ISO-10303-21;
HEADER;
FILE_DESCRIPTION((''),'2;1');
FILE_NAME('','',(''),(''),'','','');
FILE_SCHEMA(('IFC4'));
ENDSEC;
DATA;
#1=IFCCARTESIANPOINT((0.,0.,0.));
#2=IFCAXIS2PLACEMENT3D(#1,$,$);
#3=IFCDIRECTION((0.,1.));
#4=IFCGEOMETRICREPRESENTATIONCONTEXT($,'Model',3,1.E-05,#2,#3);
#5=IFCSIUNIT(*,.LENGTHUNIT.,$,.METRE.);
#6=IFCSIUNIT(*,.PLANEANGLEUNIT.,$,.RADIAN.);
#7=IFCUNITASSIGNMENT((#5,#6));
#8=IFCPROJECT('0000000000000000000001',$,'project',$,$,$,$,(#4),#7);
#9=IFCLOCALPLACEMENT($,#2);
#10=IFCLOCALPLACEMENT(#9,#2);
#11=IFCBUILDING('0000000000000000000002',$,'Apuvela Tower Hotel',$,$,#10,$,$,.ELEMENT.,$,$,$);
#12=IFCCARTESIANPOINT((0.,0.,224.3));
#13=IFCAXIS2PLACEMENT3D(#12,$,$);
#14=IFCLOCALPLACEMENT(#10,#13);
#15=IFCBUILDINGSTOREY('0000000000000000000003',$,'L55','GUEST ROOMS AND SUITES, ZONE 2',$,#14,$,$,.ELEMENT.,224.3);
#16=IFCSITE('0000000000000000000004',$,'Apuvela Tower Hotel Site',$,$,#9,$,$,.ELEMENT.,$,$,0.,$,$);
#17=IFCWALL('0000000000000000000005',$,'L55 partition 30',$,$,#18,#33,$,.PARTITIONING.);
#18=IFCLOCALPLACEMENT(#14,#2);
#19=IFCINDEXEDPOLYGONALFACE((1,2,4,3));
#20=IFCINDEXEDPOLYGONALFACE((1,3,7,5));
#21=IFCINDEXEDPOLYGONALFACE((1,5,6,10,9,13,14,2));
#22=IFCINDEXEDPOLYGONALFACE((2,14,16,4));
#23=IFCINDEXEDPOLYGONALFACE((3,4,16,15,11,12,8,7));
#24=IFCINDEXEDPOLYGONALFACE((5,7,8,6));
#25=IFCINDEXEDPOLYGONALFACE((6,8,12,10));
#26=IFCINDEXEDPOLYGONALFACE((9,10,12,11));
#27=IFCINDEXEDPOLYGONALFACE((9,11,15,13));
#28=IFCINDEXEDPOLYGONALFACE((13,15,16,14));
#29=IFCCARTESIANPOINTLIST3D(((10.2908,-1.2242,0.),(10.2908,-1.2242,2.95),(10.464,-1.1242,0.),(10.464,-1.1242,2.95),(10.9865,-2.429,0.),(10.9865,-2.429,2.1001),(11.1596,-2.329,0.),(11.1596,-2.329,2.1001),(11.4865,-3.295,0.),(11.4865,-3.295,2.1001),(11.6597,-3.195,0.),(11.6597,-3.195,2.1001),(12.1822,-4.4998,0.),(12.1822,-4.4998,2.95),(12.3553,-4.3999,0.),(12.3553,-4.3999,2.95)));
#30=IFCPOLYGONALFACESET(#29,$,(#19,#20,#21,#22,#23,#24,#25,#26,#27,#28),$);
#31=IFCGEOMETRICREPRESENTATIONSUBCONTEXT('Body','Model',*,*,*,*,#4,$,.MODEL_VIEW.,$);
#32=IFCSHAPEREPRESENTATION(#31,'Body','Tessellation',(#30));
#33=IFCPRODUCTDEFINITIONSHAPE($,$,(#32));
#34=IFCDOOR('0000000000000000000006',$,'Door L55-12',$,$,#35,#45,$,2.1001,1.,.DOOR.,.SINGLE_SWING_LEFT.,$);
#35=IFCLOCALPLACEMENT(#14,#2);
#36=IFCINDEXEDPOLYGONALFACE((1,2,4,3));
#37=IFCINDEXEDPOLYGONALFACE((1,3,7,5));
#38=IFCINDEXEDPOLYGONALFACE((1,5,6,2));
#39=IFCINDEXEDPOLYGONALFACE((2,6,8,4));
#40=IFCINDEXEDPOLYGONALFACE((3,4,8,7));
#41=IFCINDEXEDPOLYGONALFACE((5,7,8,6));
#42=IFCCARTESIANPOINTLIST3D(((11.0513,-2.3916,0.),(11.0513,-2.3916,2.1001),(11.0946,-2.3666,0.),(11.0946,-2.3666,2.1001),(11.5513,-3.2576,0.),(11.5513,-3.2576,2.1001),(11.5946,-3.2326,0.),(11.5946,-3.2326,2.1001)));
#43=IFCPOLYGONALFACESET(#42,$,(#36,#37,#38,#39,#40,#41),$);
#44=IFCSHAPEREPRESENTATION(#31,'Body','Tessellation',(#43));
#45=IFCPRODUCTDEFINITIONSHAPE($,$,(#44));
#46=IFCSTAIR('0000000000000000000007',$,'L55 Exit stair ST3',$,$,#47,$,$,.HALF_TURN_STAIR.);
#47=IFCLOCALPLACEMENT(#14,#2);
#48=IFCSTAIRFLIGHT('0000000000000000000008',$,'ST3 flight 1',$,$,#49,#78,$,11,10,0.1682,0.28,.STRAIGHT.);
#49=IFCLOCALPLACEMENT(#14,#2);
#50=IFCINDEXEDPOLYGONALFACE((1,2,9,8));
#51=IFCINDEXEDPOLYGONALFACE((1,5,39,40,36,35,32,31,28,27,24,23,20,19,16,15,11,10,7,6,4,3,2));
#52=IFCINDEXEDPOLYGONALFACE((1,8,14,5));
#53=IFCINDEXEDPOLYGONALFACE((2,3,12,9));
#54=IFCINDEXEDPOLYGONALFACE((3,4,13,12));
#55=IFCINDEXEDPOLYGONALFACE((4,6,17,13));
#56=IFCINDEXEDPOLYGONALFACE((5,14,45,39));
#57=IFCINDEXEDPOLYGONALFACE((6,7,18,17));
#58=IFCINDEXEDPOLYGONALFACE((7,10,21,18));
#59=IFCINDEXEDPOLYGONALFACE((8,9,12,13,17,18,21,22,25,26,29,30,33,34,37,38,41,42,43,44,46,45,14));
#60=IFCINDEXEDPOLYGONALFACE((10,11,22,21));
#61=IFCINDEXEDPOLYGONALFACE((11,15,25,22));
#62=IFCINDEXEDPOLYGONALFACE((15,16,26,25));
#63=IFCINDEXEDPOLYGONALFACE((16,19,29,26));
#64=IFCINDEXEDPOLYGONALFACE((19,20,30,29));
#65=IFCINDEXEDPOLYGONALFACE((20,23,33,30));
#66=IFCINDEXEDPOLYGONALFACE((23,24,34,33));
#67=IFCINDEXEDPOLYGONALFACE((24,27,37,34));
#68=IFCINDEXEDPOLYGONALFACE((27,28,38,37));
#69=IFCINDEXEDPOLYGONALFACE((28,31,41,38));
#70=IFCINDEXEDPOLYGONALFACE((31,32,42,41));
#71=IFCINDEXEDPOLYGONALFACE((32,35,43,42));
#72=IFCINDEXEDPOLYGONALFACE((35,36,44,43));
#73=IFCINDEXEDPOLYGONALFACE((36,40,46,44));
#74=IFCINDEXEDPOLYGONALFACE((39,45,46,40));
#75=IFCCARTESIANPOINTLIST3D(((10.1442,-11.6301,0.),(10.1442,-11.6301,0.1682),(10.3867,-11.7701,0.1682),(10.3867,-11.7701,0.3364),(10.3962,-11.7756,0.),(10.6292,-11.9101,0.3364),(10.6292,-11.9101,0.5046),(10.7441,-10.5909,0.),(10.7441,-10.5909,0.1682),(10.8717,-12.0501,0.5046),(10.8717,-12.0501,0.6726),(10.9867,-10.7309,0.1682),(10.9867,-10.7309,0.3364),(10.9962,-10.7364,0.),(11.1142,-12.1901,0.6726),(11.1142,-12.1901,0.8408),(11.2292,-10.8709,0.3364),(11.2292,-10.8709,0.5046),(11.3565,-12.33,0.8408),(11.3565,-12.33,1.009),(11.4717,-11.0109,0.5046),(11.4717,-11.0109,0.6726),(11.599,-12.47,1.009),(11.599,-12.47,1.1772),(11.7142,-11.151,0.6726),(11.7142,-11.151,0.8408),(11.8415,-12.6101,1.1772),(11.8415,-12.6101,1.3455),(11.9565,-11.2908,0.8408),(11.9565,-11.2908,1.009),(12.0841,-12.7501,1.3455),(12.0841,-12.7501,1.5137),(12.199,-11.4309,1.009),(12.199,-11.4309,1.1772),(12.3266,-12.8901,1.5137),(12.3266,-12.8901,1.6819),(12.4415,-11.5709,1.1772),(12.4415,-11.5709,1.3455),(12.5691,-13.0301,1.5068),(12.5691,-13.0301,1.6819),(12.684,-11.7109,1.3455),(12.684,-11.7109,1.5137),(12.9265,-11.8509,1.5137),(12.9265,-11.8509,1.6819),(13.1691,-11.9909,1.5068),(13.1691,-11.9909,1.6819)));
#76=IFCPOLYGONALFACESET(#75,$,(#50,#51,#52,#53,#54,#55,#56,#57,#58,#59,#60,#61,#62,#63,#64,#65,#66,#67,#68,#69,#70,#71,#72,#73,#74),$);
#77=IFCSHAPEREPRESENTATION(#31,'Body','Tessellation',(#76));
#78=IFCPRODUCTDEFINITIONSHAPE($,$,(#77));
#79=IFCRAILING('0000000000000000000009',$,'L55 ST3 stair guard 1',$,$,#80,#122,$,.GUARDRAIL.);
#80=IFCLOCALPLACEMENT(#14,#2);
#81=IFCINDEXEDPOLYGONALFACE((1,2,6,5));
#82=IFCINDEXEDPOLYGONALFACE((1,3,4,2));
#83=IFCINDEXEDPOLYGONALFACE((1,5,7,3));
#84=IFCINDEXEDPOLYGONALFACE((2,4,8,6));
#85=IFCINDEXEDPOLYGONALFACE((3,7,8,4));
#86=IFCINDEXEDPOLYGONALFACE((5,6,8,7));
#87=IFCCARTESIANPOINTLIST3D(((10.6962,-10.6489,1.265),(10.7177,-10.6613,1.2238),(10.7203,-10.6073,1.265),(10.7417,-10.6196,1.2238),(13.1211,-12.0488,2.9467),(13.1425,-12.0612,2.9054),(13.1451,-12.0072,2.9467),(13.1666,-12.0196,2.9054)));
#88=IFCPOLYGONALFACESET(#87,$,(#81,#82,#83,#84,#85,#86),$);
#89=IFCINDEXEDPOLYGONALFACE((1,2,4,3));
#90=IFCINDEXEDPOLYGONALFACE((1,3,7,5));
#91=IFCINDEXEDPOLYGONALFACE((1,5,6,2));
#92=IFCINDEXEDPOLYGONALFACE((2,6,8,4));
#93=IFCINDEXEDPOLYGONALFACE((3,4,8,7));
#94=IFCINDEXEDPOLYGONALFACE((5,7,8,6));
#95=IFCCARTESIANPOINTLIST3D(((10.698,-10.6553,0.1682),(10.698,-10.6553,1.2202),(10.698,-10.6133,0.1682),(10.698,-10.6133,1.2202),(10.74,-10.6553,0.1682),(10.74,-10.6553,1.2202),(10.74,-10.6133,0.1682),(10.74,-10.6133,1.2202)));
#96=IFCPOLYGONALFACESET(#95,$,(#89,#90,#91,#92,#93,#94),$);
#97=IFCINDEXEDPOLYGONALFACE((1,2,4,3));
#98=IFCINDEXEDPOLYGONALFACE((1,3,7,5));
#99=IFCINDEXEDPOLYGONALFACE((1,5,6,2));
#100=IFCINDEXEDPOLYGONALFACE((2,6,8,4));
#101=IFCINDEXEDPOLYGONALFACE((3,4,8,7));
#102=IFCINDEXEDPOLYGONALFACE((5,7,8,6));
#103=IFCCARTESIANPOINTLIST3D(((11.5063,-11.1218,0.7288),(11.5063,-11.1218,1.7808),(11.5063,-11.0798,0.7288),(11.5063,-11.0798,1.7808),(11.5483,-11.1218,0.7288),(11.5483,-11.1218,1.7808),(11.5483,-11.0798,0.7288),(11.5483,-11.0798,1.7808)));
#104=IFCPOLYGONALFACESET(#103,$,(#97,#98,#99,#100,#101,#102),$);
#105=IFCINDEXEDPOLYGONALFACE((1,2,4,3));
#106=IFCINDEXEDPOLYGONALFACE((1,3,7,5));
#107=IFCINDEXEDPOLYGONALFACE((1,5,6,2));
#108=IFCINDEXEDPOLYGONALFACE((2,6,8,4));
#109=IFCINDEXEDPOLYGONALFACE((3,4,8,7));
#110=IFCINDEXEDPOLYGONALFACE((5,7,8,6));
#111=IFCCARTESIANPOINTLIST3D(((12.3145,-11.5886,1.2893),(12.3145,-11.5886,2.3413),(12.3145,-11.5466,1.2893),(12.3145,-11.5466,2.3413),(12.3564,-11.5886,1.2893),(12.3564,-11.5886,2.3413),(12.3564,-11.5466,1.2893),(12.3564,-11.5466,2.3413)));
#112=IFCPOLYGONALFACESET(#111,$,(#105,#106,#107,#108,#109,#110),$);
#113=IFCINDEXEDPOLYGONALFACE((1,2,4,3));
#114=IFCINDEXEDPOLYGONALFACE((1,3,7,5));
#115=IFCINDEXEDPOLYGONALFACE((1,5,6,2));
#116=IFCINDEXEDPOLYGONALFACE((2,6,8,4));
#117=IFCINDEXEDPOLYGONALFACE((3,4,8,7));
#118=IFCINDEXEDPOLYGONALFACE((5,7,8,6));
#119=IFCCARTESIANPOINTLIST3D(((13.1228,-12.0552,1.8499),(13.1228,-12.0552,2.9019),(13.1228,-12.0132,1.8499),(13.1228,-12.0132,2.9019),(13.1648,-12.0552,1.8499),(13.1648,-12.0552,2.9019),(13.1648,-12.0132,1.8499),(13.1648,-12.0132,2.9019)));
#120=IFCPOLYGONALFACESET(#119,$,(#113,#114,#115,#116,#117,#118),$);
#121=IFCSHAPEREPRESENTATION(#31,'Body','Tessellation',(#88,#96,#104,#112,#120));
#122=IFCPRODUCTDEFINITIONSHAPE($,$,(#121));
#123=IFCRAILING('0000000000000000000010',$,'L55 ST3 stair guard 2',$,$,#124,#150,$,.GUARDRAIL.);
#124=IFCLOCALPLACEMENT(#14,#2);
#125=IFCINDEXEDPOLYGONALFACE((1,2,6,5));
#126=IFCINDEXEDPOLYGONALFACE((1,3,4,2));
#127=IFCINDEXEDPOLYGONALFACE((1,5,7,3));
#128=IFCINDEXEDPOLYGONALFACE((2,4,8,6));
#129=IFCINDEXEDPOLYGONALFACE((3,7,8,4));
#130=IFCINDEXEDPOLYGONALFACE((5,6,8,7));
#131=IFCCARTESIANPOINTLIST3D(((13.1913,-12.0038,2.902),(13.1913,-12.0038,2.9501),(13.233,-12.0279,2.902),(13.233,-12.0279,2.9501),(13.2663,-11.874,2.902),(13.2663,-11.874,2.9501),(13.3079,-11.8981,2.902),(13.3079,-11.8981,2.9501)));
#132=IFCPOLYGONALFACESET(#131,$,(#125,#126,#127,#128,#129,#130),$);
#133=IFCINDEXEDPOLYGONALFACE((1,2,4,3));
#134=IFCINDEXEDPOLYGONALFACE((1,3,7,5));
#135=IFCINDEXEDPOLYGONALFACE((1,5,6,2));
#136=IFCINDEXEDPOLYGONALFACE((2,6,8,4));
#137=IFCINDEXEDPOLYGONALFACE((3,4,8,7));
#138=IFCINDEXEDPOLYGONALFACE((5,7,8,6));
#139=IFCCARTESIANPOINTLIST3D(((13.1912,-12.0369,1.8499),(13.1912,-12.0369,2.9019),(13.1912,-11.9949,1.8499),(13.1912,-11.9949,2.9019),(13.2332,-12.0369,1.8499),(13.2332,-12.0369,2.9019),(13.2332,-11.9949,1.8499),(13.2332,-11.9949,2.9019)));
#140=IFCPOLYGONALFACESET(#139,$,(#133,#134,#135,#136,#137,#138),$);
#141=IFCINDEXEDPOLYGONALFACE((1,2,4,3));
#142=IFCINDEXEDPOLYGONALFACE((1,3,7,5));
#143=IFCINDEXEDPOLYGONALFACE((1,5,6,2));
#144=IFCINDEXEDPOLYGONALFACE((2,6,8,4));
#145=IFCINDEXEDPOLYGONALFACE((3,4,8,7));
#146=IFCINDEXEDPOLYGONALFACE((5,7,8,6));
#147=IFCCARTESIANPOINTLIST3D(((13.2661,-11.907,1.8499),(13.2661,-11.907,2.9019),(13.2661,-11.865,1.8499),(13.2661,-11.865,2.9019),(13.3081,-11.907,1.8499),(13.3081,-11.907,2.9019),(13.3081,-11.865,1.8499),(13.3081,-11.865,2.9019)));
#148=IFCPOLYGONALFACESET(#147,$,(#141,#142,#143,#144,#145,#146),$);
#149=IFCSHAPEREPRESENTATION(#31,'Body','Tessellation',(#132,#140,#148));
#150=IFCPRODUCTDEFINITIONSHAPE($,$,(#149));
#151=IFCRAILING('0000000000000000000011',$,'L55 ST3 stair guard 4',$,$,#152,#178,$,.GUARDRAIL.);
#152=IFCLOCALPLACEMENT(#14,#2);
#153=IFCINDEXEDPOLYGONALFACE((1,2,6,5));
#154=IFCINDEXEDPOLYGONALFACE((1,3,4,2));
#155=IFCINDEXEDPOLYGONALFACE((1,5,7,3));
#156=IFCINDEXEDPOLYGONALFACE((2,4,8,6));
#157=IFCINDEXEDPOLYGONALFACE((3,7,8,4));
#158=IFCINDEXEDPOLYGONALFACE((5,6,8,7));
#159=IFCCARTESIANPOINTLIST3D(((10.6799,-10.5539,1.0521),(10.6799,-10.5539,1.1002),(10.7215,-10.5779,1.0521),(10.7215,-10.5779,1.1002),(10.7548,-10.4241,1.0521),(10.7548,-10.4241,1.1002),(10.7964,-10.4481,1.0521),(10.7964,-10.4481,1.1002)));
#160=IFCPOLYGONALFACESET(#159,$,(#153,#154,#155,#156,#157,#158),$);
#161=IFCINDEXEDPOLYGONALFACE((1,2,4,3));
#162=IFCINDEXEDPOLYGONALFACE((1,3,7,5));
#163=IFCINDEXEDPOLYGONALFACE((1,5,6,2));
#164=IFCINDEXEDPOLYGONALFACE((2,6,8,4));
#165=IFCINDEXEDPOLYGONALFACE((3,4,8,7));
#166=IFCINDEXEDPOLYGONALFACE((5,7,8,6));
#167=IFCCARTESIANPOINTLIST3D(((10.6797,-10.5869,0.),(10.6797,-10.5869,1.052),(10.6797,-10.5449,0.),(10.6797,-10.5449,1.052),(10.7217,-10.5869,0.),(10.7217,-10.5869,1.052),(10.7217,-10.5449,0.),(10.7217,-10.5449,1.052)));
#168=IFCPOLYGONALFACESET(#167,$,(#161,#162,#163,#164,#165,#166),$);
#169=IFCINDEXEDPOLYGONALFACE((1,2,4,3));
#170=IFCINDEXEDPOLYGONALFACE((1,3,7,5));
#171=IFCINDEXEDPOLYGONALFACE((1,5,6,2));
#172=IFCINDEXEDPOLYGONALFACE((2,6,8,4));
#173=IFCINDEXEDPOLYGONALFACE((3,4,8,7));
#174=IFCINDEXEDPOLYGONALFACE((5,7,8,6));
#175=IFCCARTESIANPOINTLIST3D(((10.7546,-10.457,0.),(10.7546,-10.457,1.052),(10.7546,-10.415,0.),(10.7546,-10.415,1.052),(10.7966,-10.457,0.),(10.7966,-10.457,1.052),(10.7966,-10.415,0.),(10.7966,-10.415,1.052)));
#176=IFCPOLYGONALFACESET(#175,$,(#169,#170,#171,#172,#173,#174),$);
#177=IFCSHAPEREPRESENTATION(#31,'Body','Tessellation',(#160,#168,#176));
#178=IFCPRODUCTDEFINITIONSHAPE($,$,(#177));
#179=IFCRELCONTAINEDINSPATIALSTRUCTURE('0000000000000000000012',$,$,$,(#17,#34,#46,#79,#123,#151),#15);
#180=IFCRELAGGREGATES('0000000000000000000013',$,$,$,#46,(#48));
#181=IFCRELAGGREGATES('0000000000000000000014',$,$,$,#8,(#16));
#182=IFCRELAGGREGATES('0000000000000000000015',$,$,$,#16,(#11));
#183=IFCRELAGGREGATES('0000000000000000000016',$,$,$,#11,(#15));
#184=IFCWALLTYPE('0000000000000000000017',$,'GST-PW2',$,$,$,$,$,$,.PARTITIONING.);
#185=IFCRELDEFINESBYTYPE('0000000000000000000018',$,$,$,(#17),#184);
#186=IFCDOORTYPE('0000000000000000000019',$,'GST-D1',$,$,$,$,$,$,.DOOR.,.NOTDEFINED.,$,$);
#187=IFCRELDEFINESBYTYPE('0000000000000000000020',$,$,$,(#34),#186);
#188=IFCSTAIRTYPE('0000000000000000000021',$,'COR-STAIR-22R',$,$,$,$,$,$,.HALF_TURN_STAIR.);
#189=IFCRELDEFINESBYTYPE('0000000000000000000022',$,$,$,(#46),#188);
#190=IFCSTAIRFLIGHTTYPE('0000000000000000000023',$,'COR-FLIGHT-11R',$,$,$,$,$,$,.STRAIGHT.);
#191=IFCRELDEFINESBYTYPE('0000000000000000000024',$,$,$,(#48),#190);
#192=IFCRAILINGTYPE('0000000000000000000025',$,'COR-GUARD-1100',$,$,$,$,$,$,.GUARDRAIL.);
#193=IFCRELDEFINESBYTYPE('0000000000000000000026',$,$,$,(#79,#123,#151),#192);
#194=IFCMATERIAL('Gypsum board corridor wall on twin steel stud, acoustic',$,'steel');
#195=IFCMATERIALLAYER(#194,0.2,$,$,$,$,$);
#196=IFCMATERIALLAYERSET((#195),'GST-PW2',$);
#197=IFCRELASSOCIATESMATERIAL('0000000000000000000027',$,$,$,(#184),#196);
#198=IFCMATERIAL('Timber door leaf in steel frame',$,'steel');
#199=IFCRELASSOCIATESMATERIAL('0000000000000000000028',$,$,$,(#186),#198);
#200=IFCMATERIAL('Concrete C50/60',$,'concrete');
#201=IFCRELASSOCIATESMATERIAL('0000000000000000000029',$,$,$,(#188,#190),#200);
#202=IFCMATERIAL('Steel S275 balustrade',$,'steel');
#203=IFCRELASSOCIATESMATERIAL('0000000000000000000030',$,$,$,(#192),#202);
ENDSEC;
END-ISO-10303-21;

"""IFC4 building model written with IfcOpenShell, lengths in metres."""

from ifc_helpers import new_model, si_unit, direction, frame, frame_2d, origin, origin_2d, place, context, subcontext, project, spatial, polyline, rectangle, outline, extrude, material, layer, layer_set, type_object, element, fill, aggregate, save


model = new_model("IFC4")

# Units and contexts
model_context = context("Model", 3, precision=1e-05, world=origin(), true_north=direction((0.0, 1.0)))
body_context = subcontext(model_context, "Body", "Model", "MODEL_VIEW")
ifc_project = project(units=[si_unit("LENGTHUNIT", "METRE"), si_unit("PLANEANGLEUNIT", "RADIAN")], contexts=[model_context])

# Site, building, storey
site_placement = place(None, origin())
site = spatial("IfcSite", under=ifc_project, at=site_placement, Name="Apuvela Tower Hotel Site", CompositionType="ELEMENT", RefElevation=0.0)
building_placement = place(site_placement, origin())
building = spatial("IfcBuilding", under=site, at=building_placement, Name="Apuvela Tower Hotel", CompositionType="ELEMENT")
storey_placement = place(building_placement, frame((0.0, 0.0, 224.3)))
storey = spatial("IfcBuildingStorey", under=building, at=storey_placement, Name="L55", Description="GUEST ROOMS AND SUITES, ZONE 2", CompositionType="ELEMENT", Elevation=224.3)

# Shared definitions
ifc_material_1 = material(Name="Concrete C50/60", Category="concrete")

# Wall, opening, door
ifc_material_2 = material(Name="Gypsum board corridor wall on twin steel stud, acoustic", Category="steel")
ifc_layer_1 = layer(ifc_material_2, 0.2)
ifc_layer_set_1 = layer_set([ifc_layer_1], Name="GST-PW2")
wall_type_1 = type_object("IfcWallType", Name="GST-PW2", PredefinedType="PARTITIONING", material=ifc_layer_set_1)
wall_1_placement = place(storey_placement, frame((10.3774, -1.1743, 0.0), z_axis=(0.0, 0.0, 1.0), x_axis=(0.500033, -0.866006, 0.0)))
wall_1 = element("IfcWall", 1, at=wall_1_placement, inside=storey, type_object=wall_type_1, Name="L55 partition 30", PredefinedType="PARTITIONING", context=body_context, shape_type="SweptSolid", body=[
    extrude(rectangle(XDim=3.7825, YDim=0.2, at=frame_2d((1.8911, 0.0))), origin(), (0.0, 0.0, 1.0), 2.95),
])
opening_1_placement = place(wall_1_placement, frame((1.3911, 0.0, 0.0)))
opening_1 = element("IfcOpeningElement", 2, at=opening_1_placement, cuts=wall_1, PredefinedType="OPENING", context=body_context, shape_type="SweptSolid", body=[
    extrude(rectangle(XDim=1.0, YDim=2.1001, at=frame_2d((0.5, 1.05))), frame((0.0, 0.1099, 0.0), z_axis=(0.0, -1.0, 0.0), x_axis=(1.0, 0.0, 0.0)), (0.0, 0.0, 1.0), 0.22),
])
ifc_material_3 = material(Name="Timber door leaf in steel frame", Category="steel")
door_type_1 = type_object("IfcDoorType", Name="GST-D1", OperationType="NOTDEFINED", PredefinedType="DOOR", material=ifc_material_3)
door_1_placement = place(opening_1_placement, origin())
door_1 = element("IfcDoor", 3, at=door_1_placement, inside=storey, type_object=door_type_1, Name="Door L55-12", OperationType="SINGLE_SWING_LEFT", OverallHeight=2.1001, OverallWidth=1.0, PredefinedType="DOOR", context=body_context, shape_type="SweptSolid", body=[
    extrude(rectangle(XDim=1.0, YDim=2.1001, at=frame_2d((0.5, 1.05))), frame((0.0, 0.0249, 0.0), z_axis=(0.0, -1.0, 0.0), x_axis=(1.0, 0.0, 0.0)), (0.0, 0.0, 1.0), 0.05),
])
fill(opening_1, door_1)

# Stair, stair flight
stair_type = type_object("IfcStairType", Name="COR-STAIR-22R", PredefinedType="HALF_TURN_STAIR", material=ifc_material_1)
stair_placement = place(storey_placement, origin())
stair = element("IfcStair", 4, at=stair_placement, inside=storey, type_object=stair_type, Name="L55 Exit stair ST3", PredefinedType="HALF_TURN_STAIR")
stair_flight_type = type_object("IfcStairFlightType", Name="COR-FLIGHT-11R", PredefinedType="STRAIGHT", material=ifc_material_1)
stair_flight_placement = place(storey_placement, frame((10.4441, -11.1106, 0.0), z_axis=(0.0, 0.0, 1.0), x_axis=(0.866025, -0.5, 0.0)))
stair_flight = element("IfcStairFlight", 5, at=stair_flight_placement, type_object=stair_flight_type, Name="ST3 flight 1", NumberOfRisers=11, NumberOfTreads=10, PredefinedType="STRAIGHT", RiserHeight=0.1682, TreadLength=0.28, context=body_context, shape_type="SweptSolid", body=[
    extrude(outline(polyline([(0.0, 0.0), (0.0, 0.1682), (0.28, 0.1682), (0.28, 0.3364), (0.5601, 0.3364), (0.5601, 0.5046), (0.8401, 0.5046), (0.8401, 0.6726), (1.1201, 0.6726), (1.1201, 0.8408), (1.3999, 0.8408), (1.3999, 1.009), (1.6799, 1.009), (1.6799, 1.1772), (1.96, 1.1772), (1.96, 1.3455), (2.24, 1.3455), (2.24, 1.5137), (2.52, 1.5137), (2.52, 1.6819), (2.8, 1.6819), (2.8, 1.8501), (2.8, 1.5068), (0.291, 0.0), (0.0, 0.0)])), frame((0.0, 0.6001, 0.0), z_axis=(0.0, -1.0, 0.0), x_axis=(1.0, 0.0, 0.0)), (0.0, 0.0, 1.0), 1.2),
])
aggregate(stair, [stair_flight])

# Railings
ifc_material_4 = material(Name="Steel S275 balustrade", Category="steel")
railing_type_1 = type_object("IfcRailingType", Name="COR-GUARD-1100", PredefinedType="GUARDRAIL", material=ifc_material_4)
railing_1_placement = place(storey_placement, frame((10.719, -10.6343, 0.1682)))
element("IfcRailing", 6, at=railing_1_placement, inside=storey, type_object=railing_type_1, Name="L55 ST3 stair guard 1", PredefinedType="GUARDRAIL", context=body_context, shape_type="SweptSolid", body=[
    extrude(rectangle(XDim=0.0481, YDim=0.0481, at=origin_2d()), frame((0.0, 0.0, 1.0762), z_axis=(0.742419, -0.428618, 0.514879), x_axis=(0.499984, 0.866035, 0.0)), (0.0, 0.0, 1.0), 3.2661),
    extrude(rectangle(XDim=0.042, YDim=0.042, at=origin_2d()), origin(), (0.0, 0.0, 1.0), 1.052),
    extrude(rectangle(XDim=0.042, YDim=0.042, at=origin_2d()), frame((0.8083, -0.4666, 0.5605)), (0.0, 0.0, 1.0), 1.052),
    extrude(rectangle(XDim=0.042, YDim=0.042, at=origin_2d()), frame((1.6165, -0.9333, 1.1211)), (0.0, 0.0, 1.0), 1.052),
    extrude(rectangle(XDim=0.042, YDim=0.042, at=origin_2d()), frame((2.4248, -1.3999, 1.6816)), (0.0, 0.0, 1.0), 1.052),
])
for number, where, name in (
    (7, (13.2122, -12.0159, 1.8499), "L55 ST3 stair guard 2"),
    (8, (10.7007, -10.5659, 0.0), "L55 ST3 stair guard 4"),
):
    element("IfcRailing", number, at=place(storey_placement, frame(where)), inside=storey, type_object=railing_type_1, Name=name, PredefinedType="GUARDRAIL", context=body_context, shape_type="SweptSolid", body=[
        extrude(rectangle(XDim=0.0481, YDim=0.0481, at=origin_2d()), frame((0.0, 0.0, 1.0762), z_axis=(0.499816, 0.866131, 0.0), x_axis=(-0.866131, 0.499816, 0.0)), (0.0, 0.0, 1.0), 0.1499),
        extrude(rectangle(XDim=0.042, YDim=0.042, at=origin_2d()), origin(), (0.0, 0.0, 1.0), 1.052),
        extrude(rectangle(XDim=0.042, YDim=0.042, at=origin_2d()), frame((0.075, 0.1299, 0.0)), (0.0, 0.0, 1.0), 1.052),
    ])

save(model, "model.ifc")
